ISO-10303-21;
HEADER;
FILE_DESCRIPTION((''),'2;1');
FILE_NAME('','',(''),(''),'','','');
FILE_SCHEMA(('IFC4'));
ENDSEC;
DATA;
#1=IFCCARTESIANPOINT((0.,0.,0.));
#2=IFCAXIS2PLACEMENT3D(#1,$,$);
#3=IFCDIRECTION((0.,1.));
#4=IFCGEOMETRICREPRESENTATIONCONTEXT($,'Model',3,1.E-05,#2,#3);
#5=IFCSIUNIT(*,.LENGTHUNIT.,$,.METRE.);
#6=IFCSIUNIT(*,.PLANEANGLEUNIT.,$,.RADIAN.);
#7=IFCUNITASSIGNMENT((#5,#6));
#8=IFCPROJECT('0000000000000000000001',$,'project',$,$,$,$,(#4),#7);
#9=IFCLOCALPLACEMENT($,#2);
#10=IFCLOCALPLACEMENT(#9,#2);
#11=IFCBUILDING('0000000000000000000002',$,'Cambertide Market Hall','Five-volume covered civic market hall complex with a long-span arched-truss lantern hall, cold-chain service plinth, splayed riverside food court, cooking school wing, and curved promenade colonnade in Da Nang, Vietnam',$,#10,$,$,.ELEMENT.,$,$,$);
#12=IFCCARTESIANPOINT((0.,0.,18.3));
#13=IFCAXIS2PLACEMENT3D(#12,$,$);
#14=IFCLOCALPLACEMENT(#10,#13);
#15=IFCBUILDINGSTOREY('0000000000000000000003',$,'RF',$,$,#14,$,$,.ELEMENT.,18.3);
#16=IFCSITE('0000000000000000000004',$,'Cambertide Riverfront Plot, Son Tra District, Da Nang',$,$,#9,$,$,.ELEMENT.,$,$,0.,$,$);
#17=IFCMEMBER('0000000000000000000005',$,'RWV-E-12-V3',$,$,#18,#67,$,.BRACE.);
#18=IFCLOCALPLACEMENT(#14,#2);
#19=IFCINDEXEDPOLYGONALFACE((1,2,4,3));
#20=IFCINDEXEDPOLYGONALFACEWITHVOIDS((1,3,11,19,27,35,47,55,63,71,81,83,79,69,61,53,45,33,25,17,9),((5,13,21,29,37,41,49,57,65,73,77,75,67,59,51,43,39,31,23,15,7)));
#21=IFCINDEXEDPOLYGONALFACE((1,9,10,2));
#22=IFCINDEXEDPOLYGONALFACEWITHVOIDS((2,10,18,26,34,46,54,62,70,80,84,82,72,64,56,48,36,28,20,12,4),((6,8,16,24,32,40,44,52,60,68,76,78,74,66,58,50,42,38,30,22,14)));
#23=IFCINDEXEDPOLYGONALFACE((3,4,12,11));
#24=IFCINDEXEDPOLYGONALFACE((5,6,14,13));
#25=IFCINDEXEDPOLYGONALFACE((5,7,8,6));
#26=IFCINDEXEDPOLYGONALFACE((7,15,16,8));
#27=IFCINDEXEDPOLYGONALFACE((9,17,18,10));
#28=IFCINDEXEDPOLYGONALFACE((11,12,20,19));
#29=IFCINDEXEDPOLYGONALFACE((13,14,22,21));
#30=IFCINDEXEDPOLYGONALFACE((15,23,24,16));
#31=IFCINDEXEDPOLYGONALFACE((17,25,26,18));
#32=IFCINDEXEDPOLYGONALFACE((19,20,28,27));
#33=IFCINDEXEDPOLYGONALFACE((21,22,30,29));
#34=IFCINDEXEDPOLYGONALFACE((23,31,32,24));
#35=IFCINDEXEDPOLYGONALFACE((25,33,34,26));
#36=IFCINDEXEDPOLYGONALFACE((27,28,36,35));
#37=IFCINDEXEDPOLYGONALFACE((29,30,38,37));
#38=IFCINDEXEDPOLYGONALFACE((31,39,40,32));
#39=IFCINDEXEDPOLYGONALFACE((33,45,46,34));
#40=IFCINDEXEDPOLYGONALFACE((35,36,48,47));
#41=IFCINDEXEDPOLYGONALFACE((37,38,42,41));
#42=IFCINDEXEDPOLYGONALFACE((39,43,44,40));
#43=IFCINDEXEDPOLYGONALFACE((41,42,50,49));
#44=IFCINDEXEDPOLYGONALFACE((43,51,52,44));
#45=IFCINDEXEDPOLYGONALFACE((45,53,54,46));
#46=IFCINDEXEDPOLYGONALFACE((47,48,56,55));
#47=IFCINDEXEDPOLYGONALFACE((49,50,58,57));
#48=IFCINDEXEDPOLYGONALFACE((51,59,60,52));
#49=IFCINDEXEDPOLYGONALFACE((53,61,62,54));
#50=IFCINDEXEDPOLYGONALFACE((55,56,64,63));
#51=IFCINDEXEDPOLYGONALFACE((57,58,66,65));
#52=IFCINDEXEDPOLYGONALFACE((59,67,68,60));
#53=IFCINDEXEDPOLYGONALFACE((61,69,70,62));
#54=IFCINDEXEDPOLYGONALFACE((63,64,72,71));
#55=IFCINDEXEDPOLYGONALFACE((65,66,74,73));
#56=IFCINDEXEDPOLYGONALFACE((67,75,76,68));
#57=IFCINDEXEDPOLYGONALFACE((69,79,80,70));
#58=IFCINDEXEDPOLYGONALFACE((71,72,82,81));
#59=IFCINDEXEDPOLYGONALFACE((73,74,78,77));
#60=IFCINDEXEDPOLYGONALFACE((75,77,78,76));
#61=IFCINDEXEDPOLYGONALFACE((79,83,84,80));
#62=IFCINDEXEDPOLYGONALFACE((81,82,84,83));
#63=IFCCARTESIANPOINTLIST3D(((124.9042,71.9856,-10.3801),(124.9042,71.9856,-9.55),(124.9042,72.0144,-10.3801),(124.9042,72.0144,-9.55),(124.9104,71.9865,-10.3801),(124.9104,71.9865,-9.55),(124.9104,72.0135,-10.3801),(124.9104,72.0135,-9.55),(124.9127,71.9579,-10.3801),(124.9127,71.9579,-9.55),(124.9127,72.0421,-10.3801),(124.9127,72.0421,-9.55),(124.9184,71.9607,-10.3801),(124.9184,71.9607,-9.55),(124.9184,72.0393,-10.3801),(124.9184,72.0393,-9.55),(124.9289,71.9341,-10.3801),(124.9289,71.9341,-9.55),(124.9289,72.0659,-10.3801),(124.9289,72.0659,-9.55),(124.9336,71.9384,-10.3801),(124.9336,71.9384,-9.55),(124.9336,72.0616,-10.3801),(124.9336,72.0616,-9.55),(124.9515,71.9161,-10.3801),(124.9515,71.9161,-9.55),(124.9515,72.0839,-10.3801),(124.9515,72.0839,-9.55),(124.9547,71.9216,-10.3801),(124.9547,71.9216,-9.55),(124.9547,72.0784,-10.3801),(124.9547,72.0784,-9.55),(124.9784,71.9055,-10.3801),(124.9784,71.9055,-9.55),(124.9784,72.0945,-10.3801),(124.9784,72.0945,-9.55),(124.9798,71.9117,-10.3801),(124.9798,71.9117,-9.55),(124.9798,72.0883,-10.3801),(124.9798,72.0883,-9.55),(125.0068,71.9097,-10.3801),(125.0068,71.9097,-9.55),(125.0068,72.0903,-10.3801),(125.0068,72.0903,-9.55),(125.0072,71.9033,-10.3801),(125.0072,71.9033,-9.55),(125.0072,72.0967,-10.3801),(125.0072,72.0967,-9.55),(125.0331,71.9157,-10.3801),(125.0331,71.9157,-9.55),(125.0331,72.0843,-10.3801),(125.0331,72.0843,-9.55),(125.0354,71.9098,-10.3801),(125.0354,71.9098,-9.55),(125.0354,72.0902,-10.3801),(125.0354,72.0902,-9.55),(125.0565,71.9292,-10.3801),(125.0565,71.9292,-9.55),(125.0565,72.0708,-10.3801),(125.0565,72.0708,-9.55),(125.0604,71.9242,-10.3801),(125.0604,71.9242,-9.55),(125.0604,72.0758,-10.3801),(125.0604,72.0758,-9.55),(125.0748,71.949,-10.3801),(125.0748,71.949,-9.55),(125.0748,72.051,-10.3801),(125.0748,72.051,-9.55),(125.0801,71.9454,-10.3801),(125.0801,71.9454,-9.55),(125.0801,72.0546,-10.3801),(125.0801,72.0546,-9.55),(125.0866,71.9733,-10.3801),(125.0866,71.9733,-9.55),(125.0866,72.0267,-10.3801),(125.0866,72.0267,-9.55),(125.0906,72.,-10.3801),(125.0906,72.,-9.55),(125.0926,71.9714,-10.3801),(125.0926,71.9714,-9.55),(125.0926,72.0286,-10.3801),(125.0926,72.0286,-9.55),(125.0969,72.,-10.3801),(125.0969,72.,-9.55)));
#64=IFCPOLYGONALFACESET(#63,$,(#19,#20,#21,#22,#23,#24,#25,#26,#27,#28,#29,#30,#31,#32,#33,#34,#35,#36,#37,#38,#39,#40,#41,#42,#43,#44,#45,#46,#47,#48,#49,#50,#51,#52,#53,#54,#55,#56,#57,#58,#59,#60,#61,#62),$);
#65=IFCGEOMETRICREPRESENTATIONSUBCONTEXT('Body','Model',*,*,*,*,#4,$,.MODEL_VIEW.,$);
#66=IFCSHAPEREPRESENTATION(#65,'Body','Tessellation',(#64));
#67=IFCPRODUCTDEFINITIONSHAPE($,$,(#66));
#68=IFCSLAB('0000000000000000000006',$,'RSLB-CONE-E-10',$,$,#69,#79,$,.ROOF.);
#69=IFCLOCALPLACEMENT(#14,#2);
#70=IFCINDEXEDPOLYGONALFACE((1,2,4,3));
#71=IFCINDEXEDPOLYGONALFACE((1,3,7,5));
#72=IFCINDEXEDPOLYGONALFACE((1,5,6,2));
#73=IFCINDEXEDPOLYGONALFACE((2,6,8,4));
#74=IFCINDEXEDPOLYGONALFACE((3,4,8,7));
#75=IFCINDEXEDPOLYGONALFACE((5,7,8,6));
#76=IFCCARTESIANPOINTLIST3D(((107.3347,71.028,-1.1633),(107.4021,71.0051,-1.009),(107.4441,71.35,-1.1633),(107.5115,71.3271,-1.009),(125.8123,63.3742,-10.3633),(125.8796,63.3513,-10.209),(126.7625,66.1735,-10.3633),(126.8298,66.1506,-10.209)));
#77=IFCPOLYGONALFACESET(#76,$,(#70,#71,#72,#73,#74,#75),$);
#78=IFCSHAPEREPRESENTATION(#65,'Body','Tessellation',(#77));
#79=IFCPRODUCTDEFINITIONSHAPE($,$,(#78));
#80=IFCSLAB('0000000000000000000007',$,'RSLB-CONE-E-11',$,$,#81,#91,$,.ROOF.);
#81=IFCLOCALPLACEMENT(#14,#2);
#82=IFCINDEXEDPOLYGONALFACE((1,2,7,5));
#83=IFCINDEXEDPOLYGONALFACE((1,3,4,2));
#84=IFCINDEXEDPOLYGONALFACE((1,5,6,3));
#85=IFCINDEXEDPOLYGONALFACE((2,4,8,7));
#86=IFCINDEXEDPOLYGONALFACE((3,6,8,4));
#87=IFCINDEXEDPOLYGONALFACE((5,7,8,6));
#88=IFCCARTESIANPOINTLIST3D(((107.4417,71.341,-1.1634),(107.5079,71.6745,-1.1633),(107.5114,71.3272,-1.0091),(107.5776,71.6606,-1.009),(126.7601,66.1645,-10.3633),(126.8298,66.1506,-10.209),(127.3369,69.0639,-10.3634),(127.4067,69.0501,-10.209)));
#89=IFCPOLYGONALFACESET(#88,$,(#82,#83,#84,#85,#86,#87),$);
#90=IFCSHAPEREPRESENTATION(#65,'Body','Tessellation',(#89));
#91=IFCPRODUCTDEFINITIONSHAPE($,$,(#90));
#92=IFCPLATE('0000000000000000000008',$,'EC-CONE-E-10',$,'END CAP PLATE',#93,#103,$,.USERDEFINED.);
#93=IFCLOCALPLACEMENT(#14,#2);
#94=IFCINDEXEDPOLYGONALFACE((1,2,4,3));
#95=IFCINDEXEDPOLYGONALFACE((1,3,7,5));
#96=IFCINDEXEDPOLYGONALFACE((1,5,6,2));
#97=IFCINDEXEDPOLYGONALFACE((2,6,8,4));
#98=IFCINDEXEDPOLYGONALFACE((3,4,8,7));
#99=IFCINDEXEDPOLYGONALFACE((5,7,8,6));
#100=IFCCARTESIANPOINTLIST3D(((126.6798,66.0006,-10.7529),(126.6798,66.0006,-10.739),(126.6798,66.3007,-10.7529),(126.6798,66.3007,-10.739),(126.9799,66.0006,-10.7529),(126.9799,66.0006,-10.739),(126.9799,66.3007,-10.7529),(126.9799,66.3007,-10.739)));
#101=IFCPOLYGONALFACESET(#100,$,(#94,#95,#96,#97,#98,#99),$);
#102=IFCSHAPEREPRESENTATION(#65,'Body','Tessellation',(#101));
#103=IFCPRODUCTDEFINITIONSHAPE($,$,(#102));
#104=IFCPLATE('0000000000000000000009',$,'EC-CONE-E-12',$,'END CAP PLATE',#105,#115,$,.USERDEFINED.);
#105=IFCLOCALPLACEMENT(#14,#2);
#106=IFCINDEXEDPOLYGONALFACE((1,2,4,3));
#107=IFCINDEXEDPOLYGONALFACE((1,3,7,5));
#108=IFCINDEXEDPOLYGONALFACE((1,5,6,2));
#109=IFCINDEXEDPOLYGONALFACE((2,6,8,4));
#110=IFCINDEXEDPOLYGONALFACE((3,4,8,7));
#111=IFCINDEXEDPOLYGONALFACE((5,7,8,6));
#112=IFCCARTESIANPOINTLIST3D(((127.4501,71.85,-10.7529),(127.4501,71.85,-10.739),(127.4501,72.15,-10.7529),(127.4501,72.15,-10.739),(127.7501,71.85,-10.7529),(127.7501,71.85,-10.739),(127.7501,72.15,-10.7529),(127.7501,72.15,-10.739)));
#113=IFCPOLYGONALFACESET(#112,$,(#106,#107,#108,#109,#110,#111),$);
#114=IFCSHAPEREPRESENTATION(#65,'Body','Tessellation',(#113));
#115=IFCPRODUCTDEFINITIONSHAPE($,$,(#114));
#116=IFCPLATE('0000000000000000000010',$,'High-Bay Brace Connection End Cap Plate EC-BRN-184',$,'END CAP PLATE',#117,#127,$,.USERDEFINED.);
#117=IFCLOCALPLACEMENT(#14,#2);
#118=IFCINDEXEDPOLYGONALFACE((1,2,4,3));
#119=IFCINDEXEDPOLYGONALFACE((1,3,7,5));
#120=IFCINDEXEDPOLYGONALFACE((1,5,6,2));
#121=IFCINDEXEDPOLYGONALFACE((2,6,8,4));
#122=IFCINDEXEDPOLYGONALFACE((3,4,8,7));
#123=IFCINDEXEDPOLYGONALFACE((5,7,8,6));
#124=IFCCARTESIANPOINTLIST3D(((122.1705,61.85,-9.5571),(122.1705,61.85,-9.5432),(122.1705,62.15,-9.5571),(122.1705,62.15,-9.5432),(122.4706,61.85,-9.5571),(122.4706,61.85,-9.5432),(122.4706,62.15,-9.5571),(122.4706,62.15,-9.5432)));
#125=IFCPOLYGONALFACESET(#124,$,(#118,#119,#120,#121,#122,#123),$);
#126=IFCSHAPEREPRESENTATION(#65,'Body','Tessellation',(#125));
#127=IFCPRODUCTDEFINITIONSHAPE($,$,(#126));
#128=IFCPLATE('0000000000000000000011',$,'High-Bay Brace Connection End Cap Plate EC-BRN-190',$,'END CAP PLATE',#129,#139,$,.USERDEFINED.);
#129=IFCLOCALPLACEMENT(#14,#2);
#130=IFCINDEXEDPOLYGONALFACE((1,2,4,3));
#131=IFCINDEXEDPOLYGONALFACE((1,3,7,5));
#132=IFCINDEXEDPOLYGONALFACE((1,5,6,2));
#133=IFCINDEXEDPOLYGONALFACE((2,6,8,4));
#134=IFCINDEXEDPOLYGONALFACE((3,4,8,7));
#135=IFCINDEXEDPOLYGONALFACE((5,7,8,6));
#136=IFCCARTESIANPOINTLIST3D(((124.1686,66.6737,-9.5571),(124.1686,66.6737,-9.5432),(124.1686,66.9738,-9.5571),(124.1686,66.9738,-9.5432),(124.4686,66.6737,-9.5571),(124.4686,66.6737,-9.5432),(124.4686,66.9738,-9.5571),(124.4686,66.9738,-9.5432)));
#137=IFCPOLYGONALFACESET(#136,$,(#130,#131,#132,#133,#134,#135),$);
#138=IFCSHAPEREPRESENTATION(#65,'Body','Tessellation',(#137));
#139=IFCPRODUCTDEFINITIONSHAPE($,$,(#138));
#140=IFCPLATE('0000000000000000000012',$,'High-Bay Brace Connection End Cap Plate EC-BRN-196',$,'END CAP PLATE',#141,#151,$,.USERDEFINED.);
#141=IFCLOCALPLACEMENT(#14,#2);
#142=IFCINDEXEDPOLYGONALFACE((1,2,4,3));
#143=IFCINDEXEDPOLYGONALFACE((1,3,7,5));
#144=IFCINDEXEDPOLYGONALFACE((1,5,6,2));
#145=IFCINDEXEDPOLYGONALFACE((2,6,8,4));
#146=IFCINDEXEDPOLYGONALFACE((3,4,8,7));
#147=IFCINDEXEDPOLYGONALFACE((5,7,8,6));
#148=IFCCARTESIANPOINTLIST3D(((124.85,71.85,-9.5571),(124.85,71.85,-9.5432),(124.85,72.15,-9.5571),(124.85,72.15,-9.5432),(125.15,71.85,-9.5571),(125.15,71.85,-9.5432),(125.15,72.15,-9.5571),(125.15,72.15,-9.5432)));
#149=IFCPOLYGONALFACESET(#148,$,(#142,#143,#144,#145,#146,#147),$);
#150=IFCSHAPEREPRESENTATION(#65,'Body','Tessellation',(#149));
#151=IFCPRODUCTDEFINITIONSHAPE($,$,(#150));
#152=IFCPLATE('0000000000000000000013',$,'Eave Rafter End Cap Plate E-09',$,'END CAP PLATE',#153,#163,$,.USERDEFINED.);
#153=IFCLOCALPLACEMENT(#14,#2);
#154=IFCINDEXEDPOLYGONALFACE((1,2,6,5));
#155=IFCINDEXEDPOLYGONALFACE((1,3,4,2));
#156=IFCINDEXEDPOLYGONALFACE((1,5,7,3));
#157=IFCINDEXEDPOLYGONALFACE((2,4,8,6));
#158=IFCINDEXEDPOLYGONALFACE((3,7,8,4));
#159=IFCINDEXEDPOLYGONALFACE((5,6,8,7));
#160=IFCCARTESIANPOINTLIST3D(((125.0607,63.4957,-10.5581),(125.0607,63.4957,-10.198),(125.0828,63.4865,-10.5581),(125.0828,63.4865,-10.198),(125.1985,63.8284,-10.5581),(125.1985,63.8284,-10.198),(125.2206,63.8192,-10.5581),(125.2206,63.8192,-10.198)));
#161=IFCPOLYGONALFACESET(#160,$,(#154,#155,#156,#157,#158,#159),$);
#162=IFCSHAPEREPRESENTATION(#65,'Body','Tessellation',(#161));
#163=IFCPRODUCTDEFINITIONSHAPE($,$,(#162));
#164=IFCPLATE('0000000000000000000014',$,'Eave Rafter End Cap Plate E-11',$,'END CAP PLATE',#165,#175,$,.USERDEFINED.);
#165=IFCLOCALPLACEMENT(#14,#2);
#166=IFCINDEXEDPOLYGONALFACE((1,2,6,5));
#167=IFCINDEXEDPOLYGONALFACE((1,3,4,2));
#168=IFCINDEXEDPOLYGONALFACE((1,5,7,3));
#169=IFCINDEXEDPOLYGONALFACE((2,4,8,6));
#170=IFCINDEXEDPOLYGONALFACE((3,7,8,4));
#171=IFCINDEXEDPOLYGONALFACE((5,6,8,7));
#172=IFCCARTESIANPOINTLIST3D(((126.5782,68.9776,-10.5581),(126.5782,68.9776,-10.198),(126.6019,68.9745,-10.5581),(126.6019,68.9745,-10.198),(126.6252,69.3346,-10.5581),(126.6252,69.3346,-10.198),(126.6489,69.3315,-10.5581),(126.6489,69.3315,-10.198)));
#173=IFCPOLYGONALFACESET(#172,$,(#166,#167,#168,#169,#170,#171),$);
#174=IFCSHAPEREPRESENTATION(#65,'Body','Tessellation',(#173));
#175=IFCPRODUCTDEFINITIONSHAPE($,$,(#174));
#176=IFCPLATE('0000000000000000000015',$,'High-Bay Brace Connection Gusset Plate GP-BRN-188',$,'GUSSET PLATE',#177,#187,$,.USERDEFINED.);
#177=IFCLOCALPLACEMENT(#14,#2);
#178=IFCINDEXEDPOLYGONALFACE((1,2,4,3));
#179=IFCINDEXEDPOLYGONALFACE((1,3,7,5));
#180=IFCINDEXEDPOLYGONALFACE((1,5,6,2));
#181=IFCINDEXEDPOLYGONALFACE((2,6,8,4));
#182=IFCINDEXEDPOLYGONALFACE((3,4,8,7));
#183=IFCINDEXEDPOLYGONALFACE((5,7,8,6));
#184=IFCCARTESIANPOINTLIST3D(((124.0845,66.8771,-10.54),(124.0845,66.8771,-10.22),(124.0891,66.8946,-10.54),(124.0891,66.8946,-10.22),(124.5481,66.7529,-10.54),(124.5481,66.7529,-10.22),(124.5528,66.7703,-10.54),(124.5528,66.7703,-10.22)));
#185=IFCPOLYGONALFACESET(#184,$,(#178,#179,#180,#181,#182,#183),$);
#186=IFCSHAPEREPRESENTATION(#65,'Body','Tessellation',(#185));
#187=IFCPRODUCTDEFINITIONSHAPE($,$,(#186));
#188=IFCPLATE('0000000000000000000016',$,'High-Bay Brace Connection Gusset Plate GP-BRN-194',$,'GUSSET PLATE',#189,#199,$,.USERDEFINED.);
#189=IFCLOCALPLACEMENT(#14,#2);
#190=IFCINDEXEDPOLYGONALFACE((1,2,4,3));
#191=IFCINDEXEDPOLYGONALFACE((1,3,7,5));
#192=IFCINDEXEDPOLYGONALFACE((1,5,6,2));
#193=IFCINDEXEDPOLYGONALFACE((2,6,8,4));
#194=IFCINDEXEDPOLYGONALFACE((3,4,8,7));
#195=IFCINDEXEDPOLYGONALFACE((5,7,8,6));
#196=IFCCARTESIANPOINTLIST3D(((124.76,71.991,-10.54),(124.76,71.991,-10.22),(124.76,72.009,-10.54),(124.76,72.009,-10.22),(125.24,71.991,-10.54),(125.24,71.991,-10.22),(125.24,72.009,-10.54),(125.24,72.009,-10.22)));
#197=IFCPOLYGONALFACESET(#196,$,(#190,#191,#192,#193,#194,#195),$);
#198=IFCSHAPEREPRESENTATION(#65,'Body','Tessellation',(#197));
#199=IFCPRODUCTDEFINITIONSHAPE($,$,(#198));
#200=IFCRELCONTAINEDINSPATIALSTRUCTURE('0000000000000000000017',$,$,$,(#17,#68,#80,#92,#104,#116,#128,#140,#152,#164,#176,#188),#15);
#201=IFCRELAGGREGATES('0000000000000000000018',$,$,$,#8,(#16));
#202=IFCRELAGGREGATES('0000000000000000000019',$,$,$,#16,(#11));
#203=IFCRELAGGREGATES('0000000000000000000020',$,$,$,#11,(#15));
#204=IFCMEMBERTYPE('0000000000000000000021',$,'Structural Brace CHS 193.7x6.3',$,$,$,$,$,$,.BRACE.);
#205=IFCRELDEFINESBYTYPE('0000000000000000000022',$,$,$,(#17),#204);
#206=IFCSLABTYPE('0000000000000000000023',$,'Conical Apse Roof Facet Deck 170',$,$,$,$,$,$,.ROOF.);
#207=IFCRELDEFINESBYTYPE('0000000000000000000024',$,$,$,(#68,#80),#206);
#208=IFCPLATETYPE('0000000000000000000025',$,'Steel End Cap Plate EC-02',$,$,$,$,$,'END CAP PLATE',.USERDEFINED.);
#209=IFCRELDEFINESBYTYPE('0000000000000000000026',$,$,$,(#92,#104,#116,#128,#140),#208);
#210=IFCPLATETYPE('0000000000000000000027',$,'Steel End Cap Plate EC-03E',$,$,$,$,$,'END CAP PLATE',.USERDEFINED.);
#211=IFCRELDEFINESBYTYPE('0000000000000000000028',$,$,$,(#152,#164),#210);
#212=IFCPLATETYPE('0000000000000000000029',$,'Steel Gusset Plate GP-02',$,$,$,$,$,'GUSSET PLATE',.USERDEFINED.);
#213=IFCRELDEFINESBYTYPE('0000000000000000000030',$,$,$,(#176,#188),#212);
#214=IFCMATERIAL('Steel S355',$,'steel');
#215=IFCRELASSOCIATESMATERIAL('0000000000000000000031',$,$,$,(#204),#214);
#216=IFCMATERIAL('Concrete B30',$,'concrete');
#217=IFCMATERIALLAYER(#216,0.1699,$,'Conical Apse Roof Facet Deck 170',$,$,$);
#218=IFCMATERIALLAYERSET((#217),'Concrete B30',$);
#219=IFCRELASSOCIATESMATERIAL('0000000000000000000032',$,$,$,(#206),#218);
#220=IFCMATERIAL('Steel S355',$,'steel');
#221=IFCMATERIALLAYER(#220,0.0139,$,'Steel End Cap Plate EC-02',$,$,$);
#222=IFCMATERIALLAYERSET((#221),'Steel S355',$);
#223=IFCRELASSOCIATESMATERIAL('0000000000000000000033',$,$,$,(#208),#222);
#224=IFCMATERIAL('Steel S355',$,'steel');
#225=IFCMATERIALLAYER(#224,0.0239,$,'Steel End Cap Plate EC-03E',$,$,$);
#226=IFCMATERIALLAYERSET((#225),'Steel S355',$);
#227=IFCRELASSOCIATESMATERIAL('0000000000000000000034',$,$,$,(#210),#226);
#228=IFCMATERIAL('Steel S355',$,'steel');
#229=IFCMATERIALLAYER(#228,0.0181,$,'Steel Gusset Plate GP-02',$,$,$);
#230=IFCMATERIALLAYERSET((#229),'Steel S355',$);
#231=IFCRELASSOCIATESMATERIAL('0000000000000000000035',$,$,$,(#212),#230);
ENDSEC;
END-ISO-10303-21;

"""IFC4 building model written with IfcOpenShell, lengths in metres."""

from ifc_helpers import new_model, si_unit, direction, frame, origin, origin_2d, place, context, subcontext, project, spatial, polyline, rectangle, hollow_circle, outline, extrude, material, layer, layer_set, material_profile, profile_set, type_object, element, save


model = new_model("IFC4")

# Units and contexts
model_context = context("Model", 3, precision=1e-05, world=origin(), true_north=direction((0.0, 1.0)))
body_context = subcontext(model_context, "Body", "Model", "MODEL_VIEW")
ifc_project = project(units=[si_unit("LENGTHUNIT", "METRE"), si_unit("PLANEANGLEUNIT", "RADIAN")], contexts=[model_context])

# Site, building, storey
site_placement = place(None, origin())
site = spatial("IfcSite", under=ifc_project, at=site_placement, Name="Cambertide Riverfront Plot, Son Tra District, Da Nang", CompositionType="ELEMENT", RefElevation=0.0)
building_placement = place(site_placement, origin())
building = spatial("IfcBuilding", under=site, at=building_placement, Name="Cambertide Market Hall", Description="Five-volume covered civic market hall complex with a long-span arched-truss lantern hall, cold-chain service plinth, splayed riverside food court, cooking school wing, and curved promenade colonnade in Da Nang, Vietnam", CompositionType="ELEMENT")
storey_placement = place(building_placement, frame((0.0, 0.0, 18.3)))
storey = spatial("IfcBuildingStorey", under=building, at=storey_placement, Name="RF", CompositionType="ELEMENT", Elevation=18.3)

# Member
ifc_material_1 = material(Name="Steel S355", Category="steel")
ifc_material_profile_1 = material_profile(ifc_material_1, hollow_circle(Radius=0.0969, WallThickness=0.0063, at=origin_2d()), Name="CHS 193.7x6.3")
ifc_profile_set_1 = profile_set([ifc_material_profile_1], Name="Steel S355")
member_type_1 = type_object("IfcMemberType", Name="Structural Brace CHS 193.7x6.3", PredefinedType="BRACE", material=ifc_profile_set_1)
for number, where, z_axis, x_axis, name in (
    (1, (125.0, 72.0, -10.3801), (0.0, 0.0, 1.0), (1.0, 0.0, 0.0), "RWV-E-12-V3"),
):
    element("IfcMember", number, at=place(storey_placement, frame(where, z_axis=z_axis, x_axis=x_axis)), inside=storey, type_object=member_type_1, Name=name, PredefinedType="BRACE", context=body_context, shape_type="SweptSolid", body=[
        extrude(hollow_circle(Radius=0.0969, WallThickness=0.0063, at=origin_2d()), origin(), (0.0, 0.0, 1.0), 0.8301),
    ])

# Slabs
ifc_material_2 = material(Name="Concrete B30", Category="concrete")
ifc_layer_1 = layer(ifc_material_2, 0.1699, Name="Conical Apse Roof Facet Deck 170")
ifc_layer_set_1 = layer_set([ifc_layer_1], Name="Concrete B30")
slab_type = type_object("IfcSlabType", Name="Conical Apse Roof Facet Deck 170", PredefinedType="ROOF", material=ifc_layer_set_1)
slab_1_placement = place(storey_placement, frame((125.8796, 63.3513, -10.209), z_axis=(0.396426, -0.134571, 0.90815), x_axis=(0.321429, 0.946934, 0.000007)))
element("IfcSlab", 2, at=slab_1_placement, inside=storey, type_object=slab_type, Name="RSLB-CONE-E-10", PredefinedType="ROOF", context=body_context, shape_type="SweptSolid", body=[
    extrude(outline(polyline([(0.0, 0.0), (2.9562, 0.0), (1.6486, 21.9755), (1.3085, 21.9756), (0.0, 0.0)])), origin(), (0.0, 0.0, -1.0), 0.1699),
])
slab_2_placement = place(storey_placement, frame((126.8298, 66.1506, -10.209), z_axis=(0.410599, -0.081673, 0.908151), x_axis=(0.195137, 0.980776, -0.000022)))
element("IfcSlab", 3, at=slab_2_placement, inside=storey, type_object=slab_type, Name="RSLB-CONE-E-11", PredefinedType="ROOF", context=body_context, shape_type="SweptSolid", body=[
    extrude(outline(polyline([(0.0, 0.0), (2.9563, 0.0), (1.6471, 21.9758), (1.3071, 21.9756), (0.0, 0.0)])), origin(), (0.0, 0.0, -1.0), 0.1699),
])

# Plates
ifc_material_3 = material(Name="Steel S355", Category="steel")
ifc_layer_2 = layer(ifc_material_3, 0.0139, Name="Steel End Cap Plate EC-02")
ifc_layer_set_2 = layer_set([ifc_layer_2], Name="Steel S355")
plate_type_1 = type_object("IfcPlateType", Name="Steel End Cap Plate EC-02", ElementType="END CAP PLATE", PredefinedType="USERDEFINED", material=ifc_layer_set_2)
for number, where, z_axis, x_axis, name in (
    (4, (126.8298, 66.1506, -10.7529), (0.0, 0.0, 1.0), (1.0, 0.0, 0.0), "EC-CONE-E-10"),
    (5, (127.6001, 72.0, -10.7529), (0.0, 0.0, 1.0), (1.0, 0.0, 0.0), "EC-CONE-E-12"),
    (6, (122.3206, 62.0, -9.5571), (0.0, 0.0, 1.0), (1.0, 0.0, 0.0), "High-Bay Brace Connection End Cap Plate EC-BRN-184"),
    (7, (124.3186, 66.8237, -9.5571), (0.0, 0.0, 1.0), (1.0, 0.0, 0.0), "High-Bay Brace Connection End Cap Plate EC-BRN-190"),
    (8, (125.0, 72.0, -9.5571), (0.0, 0.0, 1.0), (1.0, 0.0, 0.0), "High-Bay Brace Connection End Cap Plate EC-BRN-196"),
):
    element("IfcPlate", number, at=place(storey_placement, frame(where, z_axis=z_axis, x_axis=x_axis)), inside=storey, type_object=plate_type_1, Name=name, ObjectType="END CAP PLATE", PredefinedType="USERDEFINED", context=body_context, shape_type="SweptSolid", body=[
        extrude(rectangle(XDim=0.3, YDim=0.3, at=origin_2d()), origin(), (0.0, 0.0, 1.0), 0.0139),
    ])
ifc_material_4 = material(Name="Steel S355", Category="steel")
ifc_layer_3 = layer(ifc_material_4, 0.0239, Name="Steel End Cap Plate EC-03E")
ifc_layer_set_3 = layer_set([ifc_layer_3], Name="Steel S355")
plate_type_2 = type_object("IfcPlateType", Name="Steel End Cap Plate EC-03E", ElementType="END CAP PLATE", PredefinedType="USERDEFINED", material=ifc_layer_set_3)
for number, where, z_axis, x_axis, name in (
    (9, (125.1406, 63.6575, -10.5581), (0.0, 0.0, 1.0), (0.92388, -0.382683, 0.0), "Eave Rafter End Cap Plate E-09"),
    (10, (126.6135, 69.1545, -10.5581), (0.0, 0.0, 1.0), (0.991445, -0.130526, 0.0), "Eave Rafter End Cap Plate E-11"),
):
    element("IfcPlate", number, at=place(storey_placement, frame(where, z_axis=z_axis, x_axis=x_axis)), inside=storey, type_object=plate_type_2, Name=name, ObjectType="END CAP PLATE", PredefinedType="USERDEFINED", context=body_context, shape_type="SweptSolid", body=[
        extrude(rectangle(XDim=0.0239, YDim=0.3601, at=origin_2d()), origin(), (0.0, 0.0, 1.0), 0.3601),
    ])
ifc_material_5 = material(Name="Steel S355", Category="steel")
ifc_layer_4 = layer(ifc_material_5, 0.0181, Name="Steel Gusset Plate GP-02")
ifc_layer_set_4 = layer_set([ifc_layer_4], Name="Steel S355")
plate_type_3 = type_object("IfcPlateType", Name="Steel Gusset Plate GP-02", ElementType="GUSSET PLATE", PredefinedType="USERDEFINED", material=ifc_layer_set_4)
for number, where, z_axis, x_axis, name in (
    (11, (124.3186, 66.8237, -10.54), (0.0, 0.0, 1.0), (-0.965926, 0.258819, 0.0), "High-Bay Brace Connection Gusset Plate GP-BRN-188"),
    (12, (125.0, 72.0, -10.54), (0.0, 0.0, 1.0), (-1.0, 0.0, 0.0), "High-Bay Brace Connection Gusset Plate GP-BRN-194"),
):
    element("IfcPlate", number, at=place(storey_placement, frame(where, z_axis=z_axis, x_axis=x_axis)), inside=storey, type_object=plate_type_3, Name=name, ObjectType="GUSSET PLATE", PredefinedType="USERDEFINED", context=body_context, shape_type="SweptSolid", body=[
        extrude(rectangle(XDim=0.48, YDim=0.0181, at=origin_2d()), origin(), (0.0, 0.0, 1.0), 0.3201),
    ])

save(model, "model.ifc")
